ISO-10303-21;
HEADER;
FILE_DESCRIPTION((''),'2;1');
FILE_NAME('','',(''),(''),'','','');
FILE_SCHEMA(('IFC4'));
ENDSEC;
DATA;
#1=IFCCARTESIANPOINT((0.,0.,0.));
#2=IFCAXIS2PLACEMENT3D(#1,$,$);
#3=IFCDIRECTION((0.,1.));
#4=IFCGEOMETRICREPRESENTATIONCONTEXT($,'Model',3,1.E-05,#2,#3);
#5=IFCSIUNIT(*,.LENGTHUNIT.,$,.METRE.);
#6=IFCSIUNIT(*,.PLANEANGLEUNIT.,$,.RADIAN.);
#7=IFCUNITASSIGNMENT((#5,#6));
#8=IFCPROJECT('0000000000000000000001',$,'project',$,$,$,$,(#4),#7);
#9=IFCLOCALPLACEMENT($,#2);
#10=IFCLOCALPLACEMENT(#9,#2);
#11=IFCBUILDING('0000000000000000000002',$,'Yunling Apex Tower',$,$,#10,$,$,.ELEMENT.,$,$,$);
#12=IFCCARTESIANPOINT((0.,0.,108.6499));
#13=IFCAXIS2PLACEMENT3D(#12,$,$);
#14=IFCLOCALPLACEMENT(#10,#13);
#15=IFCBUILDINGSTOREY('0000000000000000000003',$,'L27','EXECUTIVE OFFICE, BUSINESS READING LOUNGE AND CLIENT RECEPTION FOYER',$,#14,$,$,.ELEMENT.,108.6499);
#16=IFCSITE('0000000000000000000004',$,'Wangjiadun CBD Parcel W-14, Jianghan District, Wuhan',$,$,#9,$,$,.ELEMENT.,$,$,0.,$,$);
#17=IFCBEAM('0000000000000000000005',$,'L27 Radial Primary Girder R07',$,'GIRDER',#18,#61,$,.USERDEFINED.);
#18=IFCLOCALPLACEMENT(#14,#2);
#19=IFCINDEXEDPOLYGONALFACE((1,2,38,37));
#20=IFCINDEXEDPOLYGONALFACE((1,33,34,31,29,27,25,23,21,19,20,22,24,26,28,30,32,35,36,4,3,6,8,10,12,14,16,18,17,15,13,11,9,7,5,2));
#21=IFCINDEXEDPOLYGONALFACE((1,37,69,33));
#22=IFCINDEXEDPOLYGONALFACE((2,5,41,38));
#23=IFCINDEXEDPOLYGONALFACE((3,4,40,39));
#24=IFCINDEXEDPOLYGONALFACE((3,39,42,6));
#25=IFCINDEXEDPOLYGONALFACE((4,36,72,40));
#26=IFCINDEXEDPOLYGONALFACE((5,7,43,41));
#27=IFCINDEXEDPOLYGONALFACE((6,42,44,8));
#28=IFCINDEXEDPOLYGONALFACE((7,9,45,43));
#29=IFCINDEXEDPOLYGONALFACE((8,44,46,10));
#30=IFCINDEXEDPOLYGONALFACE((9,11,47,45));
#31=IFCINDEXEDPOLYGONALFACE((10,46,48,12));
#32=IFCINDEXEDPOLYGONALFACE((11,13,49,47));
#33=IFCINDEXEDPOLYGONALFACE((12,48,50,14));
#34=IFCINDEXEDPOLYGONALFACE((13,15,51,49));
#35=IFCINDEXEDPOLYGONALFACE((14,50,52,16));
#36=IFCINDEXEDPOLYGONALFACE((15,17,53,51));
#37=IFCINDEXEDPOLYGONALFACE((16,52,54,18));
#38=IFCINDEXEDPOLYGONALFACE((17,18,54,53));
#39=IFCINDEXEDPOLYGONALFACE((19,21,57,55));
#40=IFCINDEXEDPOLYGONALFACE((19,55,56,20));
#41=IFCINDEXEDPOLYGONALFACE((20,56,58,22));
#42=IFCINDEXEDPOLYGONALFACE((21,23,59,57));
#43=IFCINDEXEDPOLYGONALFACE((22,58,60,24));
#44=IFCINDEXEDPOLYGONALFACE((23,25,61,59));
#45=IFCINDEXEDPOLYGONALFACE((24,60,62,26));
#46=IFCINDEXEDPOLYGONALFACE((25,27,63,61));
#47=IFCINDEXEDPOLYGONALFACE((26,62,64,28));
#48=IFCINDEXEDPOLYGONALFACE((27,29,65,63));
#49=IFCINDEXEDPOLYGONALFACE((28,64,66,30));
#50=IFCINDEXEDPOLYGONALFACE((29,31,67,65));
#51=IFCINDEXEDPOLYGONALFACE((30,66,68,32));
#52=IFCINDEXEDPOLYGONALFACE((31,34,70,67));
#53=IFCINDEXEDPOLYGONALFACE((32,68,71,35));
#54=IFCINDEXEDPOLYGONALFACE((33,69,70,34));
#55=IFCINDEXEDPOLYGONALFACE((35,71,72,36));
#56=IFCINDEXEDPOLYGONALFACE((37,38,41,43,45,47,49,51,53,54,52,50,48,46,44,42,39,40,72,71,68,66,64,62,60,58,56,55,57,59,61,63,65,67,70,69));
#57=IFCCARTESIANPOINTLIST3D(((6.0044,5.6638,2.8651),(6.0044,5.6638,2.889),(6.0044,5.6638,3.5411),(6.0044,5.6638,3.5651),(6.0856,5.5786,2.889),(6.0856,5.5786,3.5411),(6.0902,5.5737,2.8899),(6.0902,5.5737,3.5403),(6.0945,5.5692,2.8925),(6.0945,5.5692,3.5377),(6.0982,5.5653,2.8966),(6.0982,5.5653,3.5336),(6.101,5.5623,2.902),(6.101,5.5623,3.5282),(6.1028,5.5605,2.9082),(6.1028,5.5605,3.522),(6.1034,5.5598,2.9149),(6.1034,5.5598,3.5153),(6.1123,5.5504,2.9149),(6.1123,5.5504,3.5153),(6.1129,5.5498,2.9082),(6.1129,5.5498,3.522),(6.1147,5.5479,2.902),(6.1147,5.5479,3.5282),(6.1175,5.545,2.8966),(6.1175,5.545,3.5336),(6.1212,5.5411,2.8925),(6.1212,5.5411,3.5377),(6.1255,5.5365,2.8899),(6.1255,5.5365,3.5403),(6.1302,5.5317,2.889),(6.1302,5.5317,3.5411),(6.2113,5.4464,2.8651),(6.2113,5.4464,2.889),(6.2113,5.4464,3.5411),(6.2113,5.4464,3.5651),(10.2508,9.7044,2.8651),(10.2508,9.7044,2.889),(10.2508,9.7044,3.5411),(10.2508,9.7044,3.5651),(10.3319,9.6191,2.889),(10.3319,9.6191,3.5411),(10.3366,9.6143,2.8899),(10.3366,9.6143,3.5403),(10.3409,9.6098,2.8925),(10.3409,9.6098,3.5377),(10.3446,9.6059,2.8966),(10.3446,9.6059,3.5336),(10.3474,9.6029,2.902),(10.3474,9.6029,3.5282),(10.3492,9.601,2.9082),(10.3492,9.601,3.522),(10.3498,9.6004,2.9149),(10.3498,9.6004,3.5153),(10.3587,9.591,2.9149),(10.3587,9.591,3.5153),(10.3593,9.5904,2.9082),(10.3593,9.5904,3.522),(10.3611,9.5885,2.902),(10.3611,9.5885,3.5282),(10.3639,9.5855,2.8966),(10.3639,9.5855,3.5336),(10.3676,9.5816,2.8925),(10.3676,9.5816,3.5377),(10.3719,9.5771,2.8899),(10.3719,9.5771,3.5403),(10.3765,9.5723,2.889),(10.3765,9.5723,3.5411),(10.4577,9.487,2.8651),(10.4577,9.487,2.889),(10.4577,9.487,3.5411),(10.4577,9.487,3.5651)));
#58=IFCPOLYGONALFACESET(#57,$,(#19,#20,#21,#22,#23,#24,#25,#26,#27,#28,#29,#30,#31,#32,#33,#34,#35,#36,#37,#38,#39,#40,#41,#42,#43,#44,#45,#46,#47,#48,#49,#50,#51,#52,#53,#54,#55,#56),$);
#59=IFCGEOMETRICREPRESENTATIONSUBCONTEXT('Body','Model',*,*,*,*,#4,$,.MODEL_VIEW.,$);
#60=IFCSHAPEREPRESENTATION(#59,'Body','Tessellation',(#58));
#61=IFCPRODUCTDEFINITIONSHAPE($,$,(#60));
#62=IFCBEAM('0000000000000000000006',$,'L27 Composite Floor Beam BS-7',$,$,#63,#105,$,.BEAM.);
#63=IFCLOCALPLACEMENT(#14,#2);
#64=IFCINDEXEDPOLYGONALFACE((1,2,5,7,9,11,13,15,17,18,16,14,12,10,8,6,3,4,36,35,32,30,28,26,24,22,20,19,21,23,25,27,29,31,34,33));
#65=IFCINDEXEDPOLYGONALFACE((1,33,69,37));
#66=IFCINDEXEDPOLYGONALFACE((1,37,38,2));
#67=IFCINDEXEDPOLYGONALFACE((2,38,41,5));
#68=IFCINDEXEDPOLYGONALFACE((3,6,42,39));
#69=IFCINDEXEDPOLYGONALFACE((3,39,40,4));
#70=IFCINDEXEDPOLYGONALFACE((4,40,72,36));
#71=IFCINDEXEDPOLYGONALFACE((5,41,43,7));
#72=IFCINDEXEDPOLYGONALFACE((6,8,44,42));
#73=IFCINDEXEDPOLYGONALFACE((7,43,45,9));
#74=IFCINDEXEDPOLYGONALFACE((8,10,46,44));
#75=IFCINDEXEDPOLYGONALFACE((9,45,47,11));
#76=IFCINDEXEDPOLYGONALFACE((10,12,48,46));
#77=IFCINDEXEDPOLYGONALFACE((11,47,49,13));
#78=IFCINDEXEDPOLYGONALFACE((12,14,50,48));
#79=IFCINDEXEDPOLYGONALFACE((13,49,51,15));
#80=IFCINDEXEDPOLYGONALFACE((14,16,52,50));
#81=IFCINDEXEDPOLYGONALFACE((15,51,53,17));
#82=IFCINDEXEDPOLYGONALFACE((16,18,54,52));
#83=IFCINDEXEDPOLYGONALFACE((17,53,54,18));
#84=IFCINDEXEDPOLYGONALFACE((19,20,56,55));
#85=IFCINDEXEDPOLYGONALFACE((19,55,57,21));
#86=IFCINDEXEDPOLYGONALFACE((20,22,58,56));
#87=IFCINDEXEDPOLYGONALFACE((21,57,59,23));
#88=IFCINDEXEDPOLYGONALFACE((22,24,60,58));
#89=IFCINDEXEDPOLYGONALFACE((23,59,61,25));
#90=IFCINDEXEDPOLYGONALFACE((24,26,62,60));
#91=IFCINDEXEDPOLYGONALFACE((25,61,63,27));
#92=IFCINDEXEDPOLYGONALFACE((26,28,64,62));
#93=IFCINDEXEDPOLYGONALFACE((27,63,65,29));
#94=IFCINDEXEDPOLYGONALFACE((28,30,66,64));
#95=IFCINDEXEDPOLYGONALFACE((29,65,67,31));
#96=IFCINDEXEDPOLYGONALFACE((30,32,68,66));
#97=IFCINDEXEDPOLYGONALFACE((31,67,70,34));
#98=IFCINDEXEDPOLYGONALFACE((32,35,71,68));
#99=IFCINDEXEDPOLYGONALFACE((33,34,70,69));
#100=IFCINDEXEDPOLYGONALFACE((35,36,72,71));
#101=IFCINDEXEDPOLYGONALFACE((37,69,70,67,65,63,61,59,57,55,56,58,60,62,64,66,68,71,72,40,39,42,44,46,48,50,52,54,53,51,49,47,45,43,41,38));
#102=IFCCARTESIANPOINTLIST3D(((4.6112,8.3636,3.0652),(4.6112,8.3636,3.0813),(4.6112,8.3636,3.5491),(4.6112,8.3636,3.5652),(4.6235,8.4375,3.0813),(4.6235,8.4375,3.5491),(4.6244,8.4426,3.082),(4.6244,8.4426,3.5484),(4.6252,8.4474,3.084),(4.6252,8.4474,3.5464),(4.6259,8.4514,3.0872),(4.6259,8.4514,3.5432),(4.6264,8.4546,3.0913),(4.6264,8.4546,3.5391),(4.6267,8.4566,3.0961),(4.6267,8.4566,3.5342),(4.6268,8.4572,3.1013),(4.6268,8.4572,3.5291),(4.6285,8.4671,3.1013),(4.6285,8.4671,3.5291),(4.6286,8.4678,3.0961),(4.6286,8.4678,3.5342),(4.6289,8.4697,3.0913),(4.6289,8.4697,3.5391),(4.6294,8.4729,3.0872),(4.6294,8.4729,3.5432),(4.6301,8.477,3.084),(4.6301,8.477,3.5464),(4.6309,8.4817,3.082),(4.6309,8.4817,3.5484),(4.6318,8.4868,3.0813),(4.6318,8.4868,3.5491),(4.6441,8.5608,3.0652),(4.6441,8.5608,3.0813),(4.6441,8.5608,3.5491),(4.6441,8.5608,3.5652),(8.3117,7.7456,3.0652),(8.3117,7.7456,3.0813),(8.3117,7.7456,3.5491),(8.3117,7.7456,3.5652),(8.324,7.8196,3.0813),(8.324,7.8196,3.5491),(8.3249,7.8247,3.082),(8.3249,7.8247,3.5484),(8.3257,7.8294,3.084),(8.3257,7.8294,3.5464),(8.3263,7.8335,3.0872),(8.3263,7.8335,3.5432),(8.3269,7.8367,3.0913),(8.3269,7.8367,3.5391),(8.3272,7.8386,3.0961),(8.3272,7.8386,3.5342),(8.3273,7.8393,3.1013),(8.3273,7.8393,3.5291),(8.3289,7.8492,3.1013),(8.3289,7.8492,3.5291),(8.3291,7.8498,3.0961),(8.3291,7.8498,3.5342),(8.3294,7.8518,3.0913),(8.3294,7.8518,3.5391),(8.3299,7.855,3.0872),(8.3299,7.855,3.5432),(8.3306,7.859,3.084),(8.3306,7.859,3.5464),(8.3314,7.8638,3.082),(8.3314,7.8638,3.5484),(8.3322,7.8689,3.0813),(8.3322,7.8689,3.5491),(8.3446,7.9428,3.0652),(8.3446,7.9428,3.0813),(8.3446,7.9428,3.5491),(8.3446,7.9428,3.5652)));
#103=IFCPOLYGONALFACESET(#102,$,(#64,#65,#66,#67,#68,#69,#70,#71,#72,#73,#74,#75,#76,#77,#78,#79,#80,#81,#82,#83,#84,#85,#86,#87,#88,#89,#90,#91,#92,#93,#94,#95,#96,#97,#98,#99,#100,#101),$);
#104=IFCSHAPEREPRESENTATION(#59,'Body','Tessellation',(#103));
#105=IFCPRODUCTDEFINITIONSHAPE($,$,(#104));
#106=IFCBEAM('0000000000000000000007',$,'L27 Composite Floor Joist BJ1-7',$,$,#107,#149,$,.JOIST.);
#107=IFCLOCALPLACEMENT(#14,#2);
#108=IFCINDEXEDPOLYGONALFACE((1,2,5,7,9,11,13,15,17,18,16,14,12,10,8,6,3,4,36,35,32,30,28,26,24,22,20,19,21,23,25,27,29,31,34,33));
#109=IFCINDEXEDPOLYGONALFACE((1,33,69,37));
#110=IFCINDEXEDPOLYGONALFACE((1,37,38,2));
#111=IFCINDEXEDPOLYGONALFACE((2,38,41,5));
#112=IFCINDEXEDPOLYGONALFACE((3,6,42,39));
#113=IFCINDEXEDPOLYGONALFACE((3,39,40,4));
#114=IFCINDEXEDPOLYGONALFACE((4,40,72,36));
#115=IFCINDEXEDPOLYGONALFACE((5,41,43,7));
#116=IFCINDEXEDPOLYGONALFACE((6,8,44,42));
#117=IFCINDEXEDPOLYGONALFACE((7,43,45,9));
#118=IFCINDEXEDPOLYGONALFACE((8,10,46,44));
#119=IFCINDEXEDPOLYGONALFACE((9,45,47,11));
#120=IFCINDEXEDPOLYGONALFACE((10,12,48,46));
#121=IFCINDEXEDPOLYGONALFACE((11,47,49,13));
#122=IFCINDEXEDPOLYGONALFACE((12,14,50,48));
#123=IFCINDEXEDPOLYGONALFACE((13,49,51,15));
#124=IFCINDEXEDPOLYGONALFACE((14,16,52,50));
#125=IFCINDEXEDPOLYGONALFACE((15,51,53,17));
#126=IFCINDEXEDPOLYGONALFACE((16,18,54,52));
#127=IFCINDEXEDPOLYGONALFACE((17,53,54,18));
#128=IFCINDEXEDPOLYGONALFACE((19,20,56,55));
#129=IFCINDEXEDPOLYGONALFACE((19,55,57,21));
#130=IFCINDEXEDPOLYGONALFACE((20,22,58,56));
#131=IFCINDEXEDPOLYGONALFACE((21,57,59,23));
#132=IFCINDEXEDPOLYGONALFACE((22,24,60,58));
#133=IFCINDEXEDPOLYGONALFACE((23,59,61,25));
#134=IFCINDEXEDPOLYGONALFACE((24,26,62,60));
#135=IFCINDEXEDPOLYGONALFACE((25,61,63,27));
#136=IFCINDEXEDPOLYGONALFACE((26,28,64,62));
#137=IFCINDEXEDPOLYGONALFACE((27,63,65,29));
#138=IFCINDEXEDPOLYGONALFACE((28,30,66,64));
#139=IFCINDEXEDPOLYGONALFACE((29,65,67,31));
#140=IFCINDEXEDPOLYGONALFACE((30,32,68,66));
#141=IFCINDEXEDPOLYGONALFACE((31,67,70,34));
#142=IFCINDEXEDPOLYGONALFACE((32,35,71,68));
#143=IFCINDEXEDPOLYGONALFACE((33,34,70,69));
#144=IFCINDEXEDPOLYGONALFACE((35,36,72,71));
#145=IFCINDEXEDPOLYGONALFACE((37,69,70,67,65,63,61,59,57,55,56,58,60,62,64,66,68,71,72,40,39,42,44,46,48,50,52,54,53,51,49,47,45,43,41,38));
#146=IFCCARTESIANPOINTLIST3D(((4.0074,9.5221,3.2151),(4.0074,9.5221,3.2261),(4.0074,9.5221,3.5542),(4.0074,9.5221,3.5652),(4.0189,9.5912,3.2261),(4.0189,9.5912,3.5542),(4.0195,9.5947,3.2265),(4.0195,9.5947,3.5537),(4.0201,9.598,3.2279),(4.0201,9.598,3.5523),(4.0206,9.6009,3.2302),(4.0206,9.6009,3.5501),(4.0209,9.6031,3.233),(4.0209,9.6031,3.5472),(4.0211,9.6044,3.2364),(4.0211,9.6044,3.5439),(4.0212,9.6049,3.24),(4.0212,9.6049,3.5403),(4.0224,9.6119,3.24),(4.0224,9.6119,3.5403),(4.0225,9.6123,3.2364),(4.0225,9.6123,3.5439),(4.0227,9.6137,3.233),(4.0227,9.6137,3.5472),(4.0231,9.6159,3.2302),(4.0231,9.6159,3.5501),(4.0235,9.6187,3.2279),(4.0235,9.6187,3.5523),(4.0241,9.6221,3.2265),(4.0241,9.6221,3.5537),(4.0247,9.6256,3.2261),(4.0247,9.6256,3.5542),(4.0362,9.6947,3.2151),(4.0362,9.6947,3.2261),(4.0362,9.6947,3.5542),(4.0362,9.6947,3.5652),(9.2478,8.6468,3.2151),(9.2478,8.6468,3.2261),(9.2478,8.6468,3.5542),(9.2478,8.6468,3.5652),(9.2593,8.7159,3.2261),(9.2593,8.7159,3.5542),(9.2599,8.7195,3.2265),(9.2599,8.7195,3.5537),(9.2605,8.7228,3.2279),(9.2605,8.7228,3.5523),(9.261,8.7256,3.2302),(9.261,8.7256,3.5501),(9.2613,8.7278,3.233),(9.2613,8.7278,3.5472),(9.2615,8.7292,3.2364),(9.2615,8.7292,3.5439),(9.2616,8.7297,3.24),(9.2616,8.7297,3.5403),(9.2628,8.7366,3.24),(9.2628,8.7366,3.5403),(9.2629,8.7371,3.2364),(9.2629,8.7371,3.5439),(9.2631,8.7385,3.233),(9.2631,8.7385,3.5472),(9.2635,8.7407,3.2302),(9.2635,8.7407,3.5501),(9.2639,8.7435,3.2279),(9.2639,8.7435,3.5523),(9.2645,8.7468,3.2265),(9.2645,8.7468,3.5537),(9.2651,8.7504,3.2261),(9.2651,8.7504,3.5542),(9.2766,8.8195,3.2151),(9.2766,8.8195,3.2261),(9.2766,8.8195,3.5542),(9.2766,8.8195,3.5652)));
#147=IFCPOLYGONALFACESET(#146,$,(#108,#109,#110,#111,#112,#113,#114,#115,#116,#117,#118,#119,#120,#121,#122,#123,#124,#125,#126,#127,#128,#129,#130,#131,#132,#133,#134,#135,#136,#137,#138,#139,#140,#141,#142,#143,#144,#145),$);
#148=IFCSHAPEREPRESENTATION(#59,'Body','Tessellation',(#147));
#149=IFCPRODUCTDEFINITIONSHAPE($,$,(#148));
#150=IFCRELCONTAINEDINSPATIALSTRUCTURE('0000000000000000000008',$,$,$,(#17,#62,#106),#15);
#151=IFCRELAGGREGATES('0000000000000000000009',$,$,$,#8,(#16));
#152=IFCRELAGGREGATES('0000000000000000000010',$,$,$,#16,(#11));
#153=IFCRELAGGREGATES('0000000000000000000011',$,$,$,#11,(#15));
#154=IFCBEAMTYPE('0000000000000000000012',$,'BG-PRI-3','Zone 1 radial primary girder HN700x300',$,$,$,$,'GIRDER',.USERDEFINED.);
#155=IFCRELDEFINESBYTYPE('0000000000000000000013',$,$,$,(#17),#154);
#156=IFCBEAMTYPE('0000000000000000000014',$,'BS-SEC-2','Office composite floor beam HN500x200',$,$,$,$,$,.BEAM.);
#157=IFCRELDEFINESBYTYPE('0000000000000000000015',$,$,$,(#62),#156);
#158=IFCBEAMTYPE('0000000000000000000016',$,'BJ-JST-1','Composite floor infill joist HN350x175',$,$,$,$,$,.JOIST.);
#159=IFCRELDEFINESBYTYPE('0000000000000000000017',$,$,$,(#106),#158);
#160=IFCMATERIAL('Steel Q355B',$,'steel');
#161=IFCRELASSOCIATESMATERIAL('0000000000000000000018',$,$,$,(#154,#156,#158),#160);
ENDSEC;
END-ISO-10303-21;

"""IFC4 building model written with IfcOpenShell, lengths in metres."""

from ifc_helpers import new_model, si_unit, direction, frame, origin, origin_2d, place, context, subcontext, project, spatial, i_section, extrude, source, transform, mapped, material, material_profile, profile_set, type_object, element, save


model = new_model("IFC4")

# Units and contexts
model_context = context("Model", 3, precision=1e-05, world=origin(), true_north=direction((0.0, 1.0)))
body_context = subcontext(model_context, "Body", "Model", "MODEL_VIEW")
ifc_project = project(units=[si_unit("LENGTHUNIT", "METRE"), si_unit("PLANEANGLEUNIT", "RADIAN")], contexts=[model_context])

# Site, building, storey
site_placement = place(None, origin())
site = spatial("IfcSite", under=ifc_project, at=site_placement, Name="Wangjiadun CBD Parcel W-14, Jianghan District, Wuhan", CompositionType="ELEMENT", RefElevation=0.0)
building_placement = place(site_placement, origin())
building = spatial("IfcBuilding", under=site, at=building_placement, Name="Yunling Apex Tower", CompositionType="ELEMENT")
storey_placement = place(building_placement, frame((0.0, 0.0, 108.6499)))
storey = spatial("IfcBuildingStorey", under=building, at=storey_placement, Name="L27", Description="EXECUTIVE OFFICE, BUSINESS READING LOUNGE AND CLIENT RECEPTION FOYER", CompositionType="ELEMENT", Elevation=108.6499)

# Beams
ifc_material_1 = material(Name="Steel Q355B", Category="steel")
ifc_material_profile_1 = material_profile(ifc_material_1, i_section(OverallWidth=0.3, OverallDepth=0.7, WebThickness=0.0129, FlangeThickness=0.0239, FilletRadius=0.0259, at=origin_2d()))
ifc_profile_set_1 = profile_set([ifc_material_profile_1], Name="Steel Q355B")
beam_type_1 = type_object("IfcBeamType", Name="BG-PRI-3", Description="Zone 1 radial primary girder HN700x300", ElementType="GIRDER", PredefinedType="USERDEFINED", material=ifc_profile_set_1)
shared_shape_1 = source(origin(), body_context, "Body", "SweptSolid", [
    extrude(i_section(OverallWidth=0.3, OverallDepth=0.7, WebThickness=0.0129, FlangeThickness=0.0239, FilletRadius=0.0259, at=origin_2d()), origin(), (0.0, 0.0, 1.0), 5.8616),
])
beam_1_placement = place(storey_placement, frame((10.3542, 9.5957, 3.2151), z_axis=(-0.724445, -0.689333, 0.0), x_axis=(0.689333, -0.724445, 0.0)))
element("IfcBeam", 1, at=beam_1_placement, inside=storey, type_object=beam_type_1, Name="L27 Radial Primary Girder R07", ObjectType="GIRDER", PredefinedType="USERDEFINED", context=body_context, shape_type="MappedRepresentation", body=[
    mapped(shared_shape_1, transform((0.0, 0.0, 0.0), scale=1.0)),
])
ifc_material_profile_2 = material_profile(ifc_material_1, i_section(OverallWidth=0.2, OverallDepth=0.5, WebThickness=0.01, FlangeThickness=0.0161, FilletRadius=0.02, at=origin_2d()))
ifc_profile_set_2 = profile_set([ifc_material_profile_2], Name="Steel Q355B")
beam_type_2 = type_object("IfcBeamType", Name="BS-SEC-2", Description="Office composite floor beam HN500x200", PredefinedType="BEAM", material=ifc_profile_set_2)
shared_shape_2 = source(origin(), body_context, "Body", "SweptSolid", [
    extrude(i_section(OverallWidth=0.2, OverallDepth=0.5, WebThickness=0.01, FlangeThickness=0.0161, FilletRadius=0.02, at=origin_2d()), origin(), (0.0, 0.0, 1.0), 3.7517),
])
beam_2_placement = place(storey_placement, frame((8.3281, 7.8442, 3.3152), z_axis=(-0.986343, 0.164705, 0.0), x_axis=(-0.164705, -0.986343, 0.0)))
element("IfcBeam", 2, at=beam_2_placement, inside=storey, type_object=beam_type_2, Name="L27 Composite Floor Beam BS-7", PredefinedType="BEAM", context=body_context, shape_type="MappedRepresentation", body=[
    mapped(shared_shape_2, transform((0.0, 0.0, 0.0), scale=1.0)),
])
ifc_material_profile_3 = material_profile(ifc_material_1, i_section(OverallWidth=0.175, OverallDepth=0.3501, WebThickness=0.0071, FlangeThickness=0.011, FilletRadius=0.0139, at=origin_2d()))
ifc_profile_set_3 = profile_set([ifc_material_profile_3], Name="Steel Q355B")
beam_type_3 = type_object("IfcBeamType", Name="BJ-JST-1", Description="Composite floor infill joist HN350x175", PredefinedType="JOIST", material=ifc_profile_set_3)
shared_shape_3 = source(origin(), body_context, "Body", "SweptSolid", [
    extrude(i_section(OverallWidth=0.175, OverallDepth=0.3501, WebThickness=0.0071, FlangeThickness=0.011, FilletRadius=0.0139, at=origin_2d()), origin(), (0.0, 0.0, 1.0), 5.313),
])
beam_3_placement = place(storey_placement, frame((9.2622, 8.7332, 3.3901), z_axis=(-0.986338, 0.164734, 0.0), x_axis=(-0.164734, -0.986338, 0.0)))
element("IfcBeam", 3, at=beam_3_placement, inside=storey, type_object=beam_type_3, Name="L27 Composite Floor Joist BJ1-7", PredefinedType="JOIST", context=body_context, shape_type="MappedRepresentation", body=[
    mapped(shared_shape_3, transform((0.0, 0.0, 0.0), scale=1.0)),
])

save(model, "model.ifc")
